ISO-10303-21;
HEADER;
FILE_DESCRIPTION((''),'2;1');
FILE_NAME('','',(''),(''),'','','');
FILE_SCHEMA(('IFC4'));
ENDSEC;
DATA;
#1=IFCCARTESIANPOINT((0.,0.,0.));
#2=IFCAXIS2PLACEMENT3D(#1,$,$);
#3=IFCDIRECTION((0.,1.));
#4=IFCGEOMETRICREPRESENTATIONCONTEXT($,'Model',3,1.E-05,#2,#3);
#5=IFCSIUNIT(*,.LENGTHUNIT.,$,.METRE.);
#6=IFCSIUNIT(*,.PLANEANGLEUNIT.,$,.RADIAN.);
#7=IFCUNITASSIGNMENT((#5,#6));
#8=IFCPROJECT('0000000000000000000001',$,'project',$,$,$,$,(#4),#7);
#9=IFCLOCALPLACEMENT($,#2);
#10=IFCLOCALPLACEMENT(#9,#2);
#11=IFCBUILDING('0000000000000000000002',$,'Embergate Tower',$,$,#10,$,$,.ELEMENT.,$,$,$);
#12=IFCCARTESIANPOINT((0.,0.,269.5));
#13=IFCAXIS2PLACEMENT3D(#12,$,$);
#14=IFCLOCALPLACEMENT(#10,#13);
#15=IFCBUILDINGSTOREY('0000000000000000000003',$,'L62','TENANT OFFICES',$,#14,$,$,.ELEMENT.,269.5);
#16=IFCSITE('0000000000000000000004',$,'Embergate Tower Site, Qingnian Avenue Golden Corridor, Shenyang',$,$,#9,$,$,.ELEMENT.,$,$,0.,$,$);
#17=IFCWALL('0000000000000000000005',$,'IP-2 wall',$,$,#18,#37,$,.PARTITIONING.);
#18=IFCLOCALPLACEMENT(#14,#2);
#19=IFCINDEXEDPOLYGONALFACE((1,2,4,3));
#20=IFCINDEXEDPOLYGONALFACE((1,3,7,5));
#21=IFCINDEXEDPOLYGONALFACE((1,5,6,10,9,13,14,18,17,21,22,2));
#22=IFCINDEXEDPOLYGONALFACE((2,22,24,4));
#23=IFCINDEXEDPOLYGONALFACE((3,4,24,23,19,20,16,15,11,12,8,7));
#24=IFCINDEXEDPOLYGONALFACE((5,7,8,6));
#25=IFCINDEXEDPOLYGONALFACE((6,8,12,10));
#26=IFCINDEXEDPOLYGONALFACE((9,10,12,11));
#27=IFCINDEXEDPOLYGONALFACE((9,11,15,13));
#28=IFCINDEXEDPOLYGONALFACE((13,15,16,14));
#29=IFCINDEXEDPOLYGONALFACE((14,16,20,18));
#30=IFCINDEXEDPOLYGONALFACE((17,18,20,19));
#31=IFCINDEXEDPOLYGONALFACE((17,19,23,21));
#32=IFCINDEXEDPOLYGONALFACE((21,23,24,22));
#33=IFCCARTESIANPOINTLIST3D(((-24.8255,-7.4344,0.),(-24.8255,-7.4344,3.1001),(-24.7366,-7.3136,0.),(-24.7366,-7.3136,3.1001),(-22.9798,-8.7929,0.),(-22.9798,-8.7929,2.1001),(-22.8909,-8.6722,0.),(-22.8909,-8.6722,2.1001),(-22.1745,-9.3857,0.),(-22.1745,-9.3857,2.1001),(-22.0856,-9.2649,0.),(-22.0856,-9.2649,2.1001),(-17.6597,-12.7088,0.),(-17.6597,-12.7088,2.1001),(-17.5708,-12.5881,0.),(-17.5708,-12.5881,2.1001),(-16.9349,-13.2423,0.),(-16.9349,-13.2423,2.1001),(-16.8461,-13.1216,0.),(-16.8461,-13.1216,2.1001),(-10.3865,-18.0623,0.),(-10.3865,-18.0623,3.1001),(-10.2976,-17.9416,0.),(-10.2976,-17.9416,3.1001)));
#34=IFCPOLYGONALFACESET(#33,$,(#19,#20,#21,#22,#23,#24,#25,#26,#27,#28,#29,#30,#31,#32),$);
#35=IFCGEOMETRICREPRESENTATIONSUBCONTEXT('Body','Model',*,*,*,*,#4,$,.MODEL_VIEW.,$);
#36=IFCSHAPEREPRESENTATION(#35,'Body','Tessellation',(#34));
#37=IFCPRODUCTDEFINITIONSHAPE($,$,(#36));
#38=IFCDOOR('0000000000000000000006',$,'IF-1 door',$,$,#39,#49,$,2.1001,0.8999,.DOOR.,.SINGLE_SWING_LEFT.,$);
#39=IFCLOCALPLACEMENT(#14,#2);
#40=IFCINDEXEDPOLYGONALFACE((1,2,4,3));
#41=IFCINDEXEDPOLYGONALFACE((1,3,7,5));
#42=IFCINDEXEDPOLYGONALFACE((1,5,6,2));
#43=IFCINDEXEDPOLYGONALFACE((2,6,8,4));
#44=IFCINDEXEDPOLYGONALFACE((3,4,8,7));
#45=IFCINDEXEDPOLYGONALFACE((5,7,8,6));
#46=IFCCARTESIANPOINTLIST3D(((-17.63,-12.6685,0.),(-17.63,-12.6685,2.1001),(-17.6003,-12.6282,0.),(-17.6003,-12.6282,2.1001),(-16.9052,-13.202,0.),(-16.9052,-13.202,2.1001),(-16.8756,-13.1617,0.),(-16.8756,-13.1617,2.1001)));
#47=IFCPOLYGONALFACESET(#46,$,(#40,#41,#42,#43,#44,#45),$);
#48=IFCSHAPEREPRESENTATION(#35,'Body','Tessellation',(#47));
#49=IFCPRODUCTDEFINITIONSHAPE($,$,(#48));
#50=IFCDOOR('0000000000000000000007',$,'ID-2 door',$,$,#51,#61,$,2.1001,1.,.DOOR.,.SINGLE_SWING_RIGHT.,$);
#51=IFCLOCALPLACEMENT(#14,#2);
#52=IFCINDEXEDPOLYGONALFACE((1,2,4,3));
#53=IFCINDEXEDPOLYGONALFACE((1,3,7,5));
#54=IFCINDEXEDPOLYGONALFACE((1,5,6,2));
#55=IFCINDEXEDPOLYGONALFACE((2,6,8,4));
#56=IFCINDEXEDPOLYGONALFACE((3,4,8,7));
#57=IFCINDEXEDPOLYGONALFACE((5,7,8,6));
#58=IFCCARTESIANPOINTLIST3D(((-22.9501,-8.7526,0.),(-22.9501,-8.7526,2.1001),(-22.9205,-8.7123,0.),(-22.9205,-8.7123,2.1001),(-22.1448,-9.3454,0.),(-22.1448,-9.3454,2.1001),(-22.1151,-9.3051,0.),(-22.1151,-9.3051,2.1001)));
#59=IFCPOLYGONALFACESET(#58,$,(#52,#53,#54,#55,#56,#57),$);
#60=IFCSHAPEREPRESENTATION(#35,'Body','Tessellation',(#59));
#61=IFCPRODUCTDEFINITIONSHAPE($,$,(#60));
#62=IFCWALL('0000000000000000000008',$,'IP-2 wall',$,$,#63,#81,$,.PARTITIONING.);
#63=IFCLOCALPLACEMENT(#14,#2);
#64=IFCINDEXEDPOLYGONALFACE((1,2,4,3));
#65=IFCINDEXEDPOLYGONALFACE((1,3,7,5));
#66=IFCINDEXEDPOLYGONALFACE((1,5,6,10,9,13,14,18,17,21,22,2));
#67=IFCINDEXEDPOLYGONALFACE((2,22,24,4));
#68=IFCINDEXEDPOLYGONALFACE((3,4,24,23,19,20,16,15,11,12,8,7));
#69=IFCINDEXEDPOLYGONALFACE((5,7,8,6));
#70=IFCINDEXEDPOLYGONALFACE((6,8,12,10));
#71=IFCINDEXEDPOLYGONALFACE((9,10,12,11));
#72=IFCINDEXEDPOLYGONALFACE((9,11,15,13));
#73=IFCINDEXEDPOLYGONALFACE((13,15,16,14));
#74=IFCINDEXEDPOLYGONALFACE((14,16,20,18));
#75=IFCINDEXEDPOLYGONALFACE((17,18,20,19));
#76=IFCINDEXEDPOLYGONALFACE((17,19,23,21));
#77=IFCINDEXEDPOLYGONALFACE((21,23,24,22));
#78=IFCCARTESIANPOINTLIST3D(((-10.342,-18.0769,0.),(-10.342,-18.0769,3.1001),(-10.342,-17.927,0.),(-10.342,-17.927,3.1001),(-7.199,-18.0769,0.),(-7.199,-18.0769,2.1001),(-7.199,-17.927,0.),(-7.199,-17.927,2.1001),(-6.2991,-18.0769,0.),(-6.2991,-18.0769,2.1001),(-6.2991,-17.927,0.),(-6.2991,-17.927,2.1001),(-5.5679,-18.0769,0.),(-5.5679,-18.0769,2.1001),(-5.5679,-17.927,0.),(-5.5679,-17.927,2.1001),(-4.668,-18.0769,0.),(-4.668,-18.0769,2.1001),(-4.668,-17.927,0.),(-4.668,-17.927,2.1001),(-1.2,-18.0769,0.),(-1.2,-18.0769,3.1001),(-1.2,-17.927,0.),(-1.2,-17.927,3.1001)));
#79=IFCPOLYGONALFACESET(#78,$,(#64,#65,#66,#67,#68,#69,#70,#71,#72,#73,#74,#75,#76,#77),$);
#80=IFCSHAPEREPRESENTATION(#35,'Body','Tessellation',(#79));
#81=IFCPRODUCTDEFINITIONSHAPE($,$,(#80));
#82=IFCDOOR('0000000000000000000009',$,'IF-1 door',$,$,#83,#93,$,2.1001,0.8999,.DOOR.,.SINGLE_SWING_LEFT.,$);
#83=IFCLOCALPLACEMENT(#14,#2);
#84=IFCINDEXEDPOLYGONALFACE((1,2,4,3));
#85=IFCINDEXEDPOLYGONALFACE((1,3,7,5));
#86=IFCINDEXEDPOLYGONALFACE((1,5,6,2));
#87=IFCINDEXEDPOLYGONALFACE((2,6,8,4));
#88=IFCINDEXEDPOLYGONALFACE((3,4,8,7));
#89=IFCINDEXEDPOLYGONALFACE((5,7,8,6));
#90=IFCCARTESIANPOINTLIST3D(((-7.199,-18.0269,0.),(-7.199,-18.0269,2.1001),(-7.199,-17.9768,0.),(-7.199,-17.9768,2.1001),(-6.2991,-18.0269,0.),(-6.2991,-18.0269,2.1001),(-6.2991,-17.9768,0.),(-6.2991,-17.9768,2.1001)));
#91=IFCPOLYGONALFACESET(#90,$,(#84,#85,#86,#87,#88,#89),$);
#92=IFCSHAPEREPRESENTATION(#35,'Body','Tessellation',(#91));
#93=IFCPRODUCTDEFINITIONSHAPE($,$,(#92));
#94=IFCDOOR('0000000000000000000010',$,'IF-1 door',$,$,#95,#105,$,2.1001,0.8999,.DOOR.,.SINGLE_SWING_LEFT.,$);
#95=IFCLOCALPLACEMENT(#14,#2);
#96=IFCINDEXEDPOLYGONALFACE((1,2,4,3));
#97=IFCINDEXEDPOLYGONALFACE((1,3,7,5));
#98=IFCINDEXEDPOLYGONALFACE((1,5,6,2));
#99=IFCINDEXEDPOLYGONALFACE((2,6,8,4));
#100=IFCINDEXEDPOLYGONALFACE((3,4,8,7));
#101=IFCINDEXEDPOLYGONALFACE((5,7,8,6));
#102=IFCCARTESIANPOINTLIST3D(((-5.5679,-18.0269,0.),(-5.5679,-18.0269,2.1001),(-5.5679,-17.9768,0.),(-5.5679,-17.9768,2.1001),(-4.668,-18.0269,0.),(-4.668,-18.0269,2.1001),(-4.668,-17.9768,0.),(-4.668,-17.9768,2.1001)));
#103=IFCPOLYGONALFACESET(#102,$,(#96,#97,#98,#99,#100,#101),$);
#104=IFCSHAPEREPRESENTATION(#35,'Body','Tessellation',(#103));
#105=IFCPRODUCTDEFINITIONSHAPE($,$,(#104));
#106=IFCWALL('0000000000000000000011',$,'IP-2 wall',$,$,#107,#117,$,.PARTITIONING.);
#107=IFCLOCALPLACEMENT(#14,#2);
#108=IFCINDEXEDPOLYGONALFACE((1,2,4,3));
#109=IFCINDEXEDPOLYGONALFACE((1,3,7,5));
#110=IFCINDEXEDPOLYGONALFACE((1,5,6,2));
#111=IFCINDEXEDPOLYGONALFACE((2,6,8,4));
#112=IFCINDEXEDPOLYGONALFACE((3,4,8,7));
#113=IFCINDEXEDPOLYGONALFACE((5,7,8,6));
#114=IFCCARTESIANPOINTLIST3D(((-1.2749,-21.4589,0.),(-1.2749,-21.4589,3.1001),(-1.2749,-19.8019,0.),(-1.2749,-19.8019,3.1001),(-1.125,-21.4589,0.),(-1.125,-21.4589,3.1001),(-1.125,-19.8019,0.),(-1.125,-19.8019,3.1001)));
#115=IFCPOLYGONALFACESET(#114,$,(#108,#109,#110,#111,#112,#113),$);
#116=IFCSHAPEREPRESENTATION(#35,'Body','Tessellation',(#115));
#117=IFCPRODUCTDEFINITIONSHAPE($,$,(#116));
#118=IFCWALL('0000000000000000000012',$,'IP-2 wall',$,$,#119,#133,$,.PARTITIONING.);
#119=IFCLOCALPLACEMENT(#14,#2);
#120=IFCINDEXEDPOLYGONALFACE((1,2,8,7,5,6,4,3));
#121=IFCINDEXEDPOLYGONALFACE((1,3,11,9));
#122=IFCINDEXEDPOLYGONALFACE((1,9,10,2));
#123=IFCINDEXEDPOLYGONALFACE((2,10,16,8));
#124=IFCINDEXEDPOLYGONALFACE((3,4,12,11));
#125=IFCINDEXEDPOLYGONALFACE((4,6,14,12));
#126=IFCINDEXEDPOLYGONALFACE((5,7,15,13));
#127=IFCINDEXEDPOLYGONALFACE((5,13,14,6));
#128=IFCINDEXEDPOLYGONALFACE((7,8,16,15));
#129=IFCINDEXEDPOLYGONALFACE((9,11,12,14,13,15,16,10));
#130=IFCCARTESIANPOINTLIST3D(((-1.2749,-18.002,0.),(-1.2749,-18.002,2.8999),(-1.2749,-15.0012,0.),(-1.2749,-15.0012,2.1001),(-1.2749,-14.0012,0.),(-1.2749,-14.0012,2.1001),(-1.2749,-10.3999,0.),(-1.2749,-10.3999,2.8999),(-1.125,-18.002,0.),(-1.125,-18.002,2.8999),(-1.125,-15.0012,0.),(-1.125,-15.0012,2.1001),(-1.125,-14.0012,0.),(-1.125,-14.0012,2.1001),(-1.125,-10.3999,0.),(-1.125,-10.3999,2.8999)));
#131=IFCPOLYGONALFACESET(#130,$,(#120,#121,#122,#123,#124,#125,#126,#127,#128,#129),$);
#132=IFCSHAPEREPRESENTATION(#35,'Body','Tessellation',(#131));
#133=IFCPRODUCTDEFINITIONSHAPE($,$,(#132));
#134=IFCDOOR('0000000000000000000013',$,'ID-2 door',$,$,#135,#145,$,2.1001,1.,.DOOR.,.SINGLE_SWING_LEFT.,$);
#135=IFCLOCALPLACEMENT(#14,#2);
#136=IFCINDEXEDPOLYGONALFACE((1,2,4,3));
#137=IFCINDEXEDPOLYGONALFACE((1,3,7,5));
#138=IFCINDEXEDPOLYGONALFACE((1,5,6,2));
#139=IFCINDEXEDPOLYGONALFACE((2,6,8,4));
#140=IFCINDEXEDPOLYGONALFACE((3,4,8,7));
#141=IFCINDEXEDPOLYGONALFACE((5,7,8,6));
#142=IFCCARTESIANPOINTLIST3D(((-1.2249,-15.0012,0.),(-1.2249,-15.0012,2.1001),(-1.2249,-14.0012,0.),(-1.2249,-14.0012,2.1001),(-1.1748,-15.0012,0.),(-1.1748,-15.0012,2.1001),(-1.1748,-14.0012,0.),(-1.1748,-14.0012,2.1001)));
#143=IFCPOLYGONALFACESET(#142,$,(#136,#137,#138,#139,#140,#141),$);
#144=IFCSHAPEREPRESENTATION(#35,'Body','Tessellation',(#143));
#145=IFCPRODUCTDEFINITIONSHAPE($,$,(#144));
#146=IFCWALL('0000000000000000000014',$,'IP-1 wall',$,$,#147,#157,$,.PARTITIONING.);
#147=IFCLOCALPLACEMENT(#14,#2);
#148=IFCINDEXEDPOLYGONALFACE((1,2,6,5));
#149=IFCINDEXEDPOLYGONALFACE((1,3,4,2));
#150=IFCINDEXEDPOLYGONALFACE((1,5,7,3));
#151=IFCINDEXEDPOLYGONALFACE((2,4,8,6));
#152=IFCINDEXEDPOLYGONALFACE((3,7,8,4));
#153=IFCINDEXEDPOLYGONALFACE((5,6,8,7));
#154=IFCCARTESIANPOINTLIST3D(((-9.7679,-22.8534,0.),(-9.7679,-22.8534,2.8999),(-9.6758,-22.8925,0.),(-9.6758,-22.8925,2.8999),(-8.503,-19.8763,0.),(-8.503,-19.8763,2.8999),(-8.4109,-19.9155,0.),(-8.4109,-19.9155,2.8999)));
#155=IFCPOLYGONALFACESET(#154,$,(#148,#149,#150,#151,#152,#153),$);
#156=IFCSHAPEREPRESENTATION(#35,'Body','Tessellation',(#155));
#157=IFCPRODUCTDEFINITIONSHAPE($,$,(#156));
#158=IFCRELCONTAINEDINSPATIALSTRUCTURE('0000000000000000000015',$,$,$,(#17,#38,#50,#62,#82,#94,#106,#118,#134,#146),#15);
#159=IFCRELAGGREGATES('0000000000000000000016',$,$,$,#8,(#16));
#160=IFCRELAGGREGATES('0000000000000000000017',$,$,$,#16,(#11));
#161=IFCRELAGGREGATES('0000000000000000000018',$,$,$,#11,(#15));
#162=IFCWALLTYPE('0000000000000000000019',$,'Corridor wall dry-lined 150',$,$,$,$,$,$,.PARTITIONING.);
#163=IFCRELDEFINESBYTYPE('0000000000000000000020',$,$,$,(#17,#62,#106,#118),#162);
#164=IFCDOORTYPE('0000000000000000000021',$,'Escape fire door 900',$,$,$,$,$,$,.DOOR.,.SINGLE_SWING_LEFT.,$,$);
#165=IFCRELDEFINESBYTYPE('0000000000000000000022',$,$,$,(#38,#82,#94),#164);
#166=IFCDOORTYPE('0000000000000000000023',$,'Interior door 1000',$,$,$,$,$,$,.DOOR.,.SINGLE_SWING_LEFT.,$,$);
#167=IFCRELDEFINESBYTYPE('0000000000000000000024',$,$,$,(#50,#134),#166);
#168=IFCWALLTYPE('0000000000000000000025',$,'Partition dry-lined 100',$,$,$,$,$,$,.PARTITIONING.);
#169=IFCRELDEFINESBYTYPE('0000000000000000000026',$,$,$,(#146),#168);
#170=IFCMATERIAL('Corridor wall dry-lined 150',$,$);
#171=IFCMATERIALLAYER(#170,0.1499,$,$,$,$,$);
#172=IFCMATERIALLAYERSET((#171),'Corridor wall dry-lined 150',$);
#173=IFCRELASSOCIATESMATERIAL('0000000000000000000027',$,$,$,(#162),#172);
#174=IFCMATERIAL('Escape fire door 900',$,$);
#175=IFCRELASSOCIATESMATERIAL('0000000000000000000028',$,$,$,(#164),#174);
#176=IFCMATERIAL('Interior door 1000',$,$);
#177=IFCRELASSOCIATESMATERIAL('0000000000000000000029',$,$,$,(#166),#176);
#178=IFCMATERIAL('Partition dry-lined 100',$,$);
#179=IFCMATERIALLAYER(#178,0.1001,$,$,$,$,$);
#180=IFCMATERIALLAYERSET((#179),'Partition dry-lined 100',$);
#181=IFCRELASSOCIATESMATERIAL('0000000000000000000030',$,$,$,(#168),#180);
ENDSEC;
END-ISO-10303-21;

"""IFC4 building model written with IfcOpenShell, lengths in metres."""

from ifc_helpers import new_model, si_unit, direction, frame, frame_2d, origin, place, context, subcontext, project, spatial, rectangle, extrude, source, transform, mapped, material, layer, layer_set, type_object, element, fill, save


model = new_model("IFC4")

# Units and contexts
model_context = context("Model", 3, precision=1e-05, world=origin(), true_north=direction((0.0, 1.0)))
body_context = subcontext(model_context, "Body", "Model", "MODEL_VIEW")
ifc_project = project(units=[si_unit("LENGTHUNIT", "METRE"), si_unit("PLANEANGLEUNIT", "RADIAN")], contexts=[model_context])

# Site, building, storey
site_placement = place(None, origin())
site = spatial("IfcSite", under=ifc_project, at=site_placement, Name="Embergate Tower Site, Qingnian Avenue Golden Corridor, Shenyang", CompositionType="ELEMENT", RefElevation=0.0)
building_placement = place(site_placement, origin())
building = spatial("IfcBuilding", under=site, at=building_placement, Name="Embergate Tower", CompositionType="ELEMENT")
storey_placement = place(building_placement, frame((0.0, 0.0, 269.5)))
storey = spatial("IfcBuildingStorey", under=building, at=storey_placement, Name="L62", Description="TENANT OFFICES", CompositionType="ELEMENT", Elevation=269.5)

# Walls, openings, doors
ifc_material_1 = material(Name="Corridor wall dry-lined 150")
ifc_layer_1 = layer(ifc_material_1, 0.1499)
ifc_layer_set_1 = layer_set([ifc_layer_1], Name="Corridor wall dry-lined 150")
wall_type_1 = type_object("IfcWallType", Name="Corridor wall dry-lined 150", PredefinedType="PARTITIONING", material=ifc_layer_set_1)
shared_shape_1 = source(origin(), body_context, "Body", "SweptSolid", [
    extrude(rectangle(XDim=0.8999, YDim=2.1001, at=frame_2d((0.45, 1.05))), frame((0.0, 0.085, 0.0), z_axis=(0.0, -1.0, 0.0), x_axis=(1.0, 0.0, 0.0)), (0.0, 0.0, 1.0), 0.1699),
])
ifc_material_2 = material(Name="Escape fire door 900")
door_type_1 = type_object("IfcDoorType", Name="Escape fire door 900", OperationType="SINGLE_SWING_LEFT", PredefinedType="DOOR", material=ifc_material_2)
shared_shape_2 = source(origin(), body_context, "Body", "SweptSolid", [
    extrude(rectangle(XDim=0.8999, YDim=2.1001, at=frame_2d((0.45, 1.05))), frame((0.0, 0.0249, 0.0), z_axis=(0.0, -1.0, 0.0), x_axis=(1.0, 0.0, 0.0)), (0.0, 0.0, 1.0), 0.05),
])
shared_shape_3 = source(origin(), body_context, "Body", "SweptSolid", [
    extrude(rectangle(XDim=17.9287, YDim=0.1499, at=frame_2d((8.9644, 0.0))), origin(), (0.0, 0.0, 1.0), 3.1001),
])
wall_1_placement = place(storey_placement, frame((-10.342, -18.002, 0.0), z_axis=(0.0, 0.0, 1.0), x_axis=(-0.805357, 0.59279, 0.0)))
wall_1 = element("IfcWall", 1, at=wall_1_placement, inside=storey, type_object=wall_type_1, Name="IP-2 wall", PredefinedType="PARTITIONING", context=body_context, shape_type="MappedRepresentation", body=[
    mapped(shared_shape_3, transform((0.0, 0.0, 0.0))),
])
opening_1_placement = place(wall_1_placement, frame((8.1311, 0.0, 0.0)))
opening_1 = element("IfcOpeningElement", 2, at=opening_1_placement, cuts=wall_1, PredefinedType="OPENING", context=body_context, shape_type="MappedRepresentation", body=[
    mapped(shared_shape_1, transform((0.0, 0.0, 0.0))),
])
shared_shape_4 = source(origin(), body_context, "Body", "SweptSolid", [
    extrude(rectangle(XDim=1.0, YDim=2.1001, at=frame_2d((0.5, 1.05))), frame((0.0, 0.085, 0.0), z_axis=(0.0, -1.0, 0.0), x_axis=(1.0, 0.0, 0.0)), (0.0, 0.0, 1.0), 0.1699),
])
opening_2_placement = place(wall_1_placement, frame((14.637, 0.0, 0.0)))
opening_2 = element("IfcOpeningElement", 3, at=opening_2_placement, cuts=wall_1, PredefinedType="OPENING", context=body_context, shape_type="MappedRepresentation", body=[
    mapped(shared_shape_4, transform((0.0, 0.0, 0.0))),
])
door_1_placement = place(opening_1_placement, origin())
door_1 = element("IfcDoor", 4, at=door_1_placement, inside=storey, type_object=door_type_1, Name="IF-1 door", OperationType="SINGLE_SWING_LEFT", OverallHeight=2.1001, OverallWidth=0.8999, PredefinedType="DOOR", context=body_context, shape_type="MappedRepresentation", body=[
    mapped(shared_shape_2, transform((0.0, 0.0, 0.0))),
])
fill(opening_1, door_1)
ifc_material_3 = material(Name="Interior door 1000")
door_type_2 = type_object("IfcDoorType", Name="Interior door 1000", OperationType="SINGLE_SWING_LEFT", PredefinedType="DOOR", material=ifc_material_3)
shared_shape_5 = source(origin(), body_context, "Body", "SweptSolid", [
    extrude(rectangle(XDim=1.0, YDim=2.1001, at=frame_2d((0.5, 1.05))), frame((0.0, 0.0249, 0.0), z_axis=(0.0, -1.0, 0.0), x_axis=(1.0, 0.0, 0.0)), (0.0, 0.0, 1.0), 0.05),
])
door_2_placement = place(opening_2_placement, origin())
door_2 = element("IfcDoor", 5, at=door_2_placement, inside=storey, type_object=door_type_2, Name="ID-2 door", OperationType="SINGLE_SWING_RIGHT", OverallHeight=2.1001, OverallWidth=1.0, PredefinedType="DOOR", context=body_context, shape_type="MappedRepresentation", body=[
    mapped(shared_shape_5, transform((0.0, 0.0, 0.0))),
])
fill(opening_2, door_2)
shared_shape_6 = source(origin(), body_context, "Body", "SweptSolid", [
    extrude(rectangle(XDim=9.1421, YDim=0.1499, at=frame_2d((4.571, 0.0))), origin(), (0.0, 0.0, 1.0), 3.1001),
])
wall_2_placement = place(storey_placement, frame((-1.2, -18.002, 0.0), z_axis=(0.0, 0.0, 1.0), x_axis=(-1.0, 0.0, 0.0)))
wall_2 = element("IfcWall", 6, at=wall_2_placement, inside=storey, type_object=wall_type_1, Name="IP-2 wall", PredefinedType="PARTITIONING", context=body_context, shape_type="MappedRepresentation", body=[
    mapped(shared_shape_6, transform((0.0, 0.0, 0.0))),
])
opening_3_placement = place(wall_2_placement, frame((5.0991, 0.0, 0.0)))
opening_3 = element("IfcOpeningElement", 7, at=opening_3_placement, cuts=wall_2, PredefinedType="OPENING", context=body_context, shape_type="MappedRepresentation", body=[
    mapped(shared_shape_1, transform((0.0, 0.0, 0.0))),
])
opening_4_placement = place(wall_2_placement, frame((3.468, 0.0, 0.0)))
opening_4 = element("IfcOpeningElement", 8, at=opening_4_placement, cuts=wall_2, PredefinedType="OPENING", context=body_context, shape_type="MappedRepresentation", body=[
    mapped(shared_shape_1, transform((0.0, 0.0, 0.0))),
])
door_3_placement = place(opening_3_placement, origin())
door_3 = element("IfcDoor", 9, at=door_3_placement, inside=storey, type_object=door_type_1, Name="IF-1 door", OperationType="SINGLE_SWING_LEFT", OverallHeight=2.1001, OverallWidth=0.8999, PredefinedType="DOOR", context=body_context, shape_type="MappedRepresentation", body=[
    mapped(shared_shape_2, transform((0.0, 0.0, 0.0))),
])
fill(opening_3, door_3)
door_4_placement = place(opening_4_placement, origin())
door_4 = element("IfcDoor", 10, at=door_4_placement, inside=storey, type_object=door_type_1, Name="IF-1 door", OperationType="SINGLE_SWING_LEFT", OverallHeight=2.1001, OverallWidth=0.8999, PredefinedType="DOOR", context=body_context, shape_type="MappedRepresentation", body=[
    mapped(shared_shape_2, transform((0.0, 0.0, 0.0))),
])
fill(opening_4, door_4)

# Wall
shared_shape_7 = source(origin(), body_context, "Body", "SweptSolid", [
    extrude(rectangle(XDim=1.657, YDim=0.1499, at=frame_2d((0.8286, 0.0))), origin(), (0.0, 0.0, 1.0), 3.1001),
])
wall_3_placement = place(storey_placement, frame((-1.2, -21.459, 0.0), z_axis=(0.0, 0.0, 1.0), x_axis=(0.0, 1.0, 0.0)))
element("IfcWall", 11, at=wall_3_placement, inside=storey, type_object=wall_type_1, Name="IP-2 wall", PredefinedType="PARTITIONING", context=body_context, shape_type="MappedRepresentation", body=[
    mapped(shared_shape_7, transform((0.0, 0.0, 0.0))),
])

# Wall, opening, door
shared_shape_8 = source(origin(), body_context, "Body", "SweptSolid", [
    extrude(rectangle(XDim=7.6021, YDim=0.1499, at=frame_2d((3.801, 0.0))), origin(), (0.0, 0.0, 1.0), 2.8999),
])
wall_4_placement = place(storey_placement, frame((-1.2, -18.002, 0.0), z_axis=(0.0, 0.0, 1.0), x_axis=(0.0, 1.0, 0.0)))
wall_4 = element("IfcWall", 12, at=wall_4_placement, inside=storey, type_object=wall_type_1, Name="IP-2 wall", PredefinedType="PARTITIONING", context=body_context, shape_type="MappedRepresentation", body=[
    mapped(shared_shape_8, transform((0.0, 0.0, 0.0))),
])
opening_5_placement = place(wall_4_placement, frame((3.0007, 0.0, 0.0)))
opening_5 = element("IfcOpeningElement", 13, at=opening_5_placement, cuts=wall_4, PredefinedType="OPENING", context=body_context, shape_type="MappedRepresentation", body=[
    mapped(shared_shape_4, transform((0.0, 0.0, 0.0))),
])
door_5_placement = place(opening_5_placement, origin())
door_5 = element("IfcDoor", 14, at=door_5_placement, inside=storey, type_object=door_type_2, Name="ID-2 door", OperationType="SINGLE_SWING_LEFT", OverallHeight=2.1001, OverallWidth=1.0, PredefinedType="DOOR", context=body_context, shape_type="MappedRepresentation", body=[
    mapped(shared_shape_5, transform((0.0, 0.0, 0.0))),
])
fill(opening_5, door_5)

# Wall
ifc_material_4 = material(Name="Partition dry-lined 100")
ifc_layer_2 = layer(ifc_material_4, 0.1001)
ifc_layer_set_2 = layer_set([ifc_layer_2], Name="Partition dry-lined 100")
wall_type_2 = type_object("IfcWallType", Name="Partition dry-lined 100", PredefinedType="PARTITIONING", material=ifc_layer_set_2)
shared_shape_9 = source(origin(), body_context, "Body", "SweptSolid", [
    extrude(rectangle(XDim=3.2346, YDim=0.1001, at=frame_2d((1.6172, 0.0))), origin(), (0.0, 0.0, 1.0), 2.8999),
])
wall_5_placement = place(storey_placement, frame((-8.457, -19.896, 0.0), z_axis=(0.0, 0.0, 1.0), x_axis=(-0.391048, -0.92037, 0.0)))
element("IfcWall", 15, at=wall_5_placement, inside=storey, type_object=wall_type_2, Name="IP-1 wall", PredefinedType="PARTITIONING", context=body_context, shape_type="MappedRepresentation", body=[
    mapped(shared_shape_9, transform((0.0, 0.0, 0.0))),
])

save(model, "model.ifc")
